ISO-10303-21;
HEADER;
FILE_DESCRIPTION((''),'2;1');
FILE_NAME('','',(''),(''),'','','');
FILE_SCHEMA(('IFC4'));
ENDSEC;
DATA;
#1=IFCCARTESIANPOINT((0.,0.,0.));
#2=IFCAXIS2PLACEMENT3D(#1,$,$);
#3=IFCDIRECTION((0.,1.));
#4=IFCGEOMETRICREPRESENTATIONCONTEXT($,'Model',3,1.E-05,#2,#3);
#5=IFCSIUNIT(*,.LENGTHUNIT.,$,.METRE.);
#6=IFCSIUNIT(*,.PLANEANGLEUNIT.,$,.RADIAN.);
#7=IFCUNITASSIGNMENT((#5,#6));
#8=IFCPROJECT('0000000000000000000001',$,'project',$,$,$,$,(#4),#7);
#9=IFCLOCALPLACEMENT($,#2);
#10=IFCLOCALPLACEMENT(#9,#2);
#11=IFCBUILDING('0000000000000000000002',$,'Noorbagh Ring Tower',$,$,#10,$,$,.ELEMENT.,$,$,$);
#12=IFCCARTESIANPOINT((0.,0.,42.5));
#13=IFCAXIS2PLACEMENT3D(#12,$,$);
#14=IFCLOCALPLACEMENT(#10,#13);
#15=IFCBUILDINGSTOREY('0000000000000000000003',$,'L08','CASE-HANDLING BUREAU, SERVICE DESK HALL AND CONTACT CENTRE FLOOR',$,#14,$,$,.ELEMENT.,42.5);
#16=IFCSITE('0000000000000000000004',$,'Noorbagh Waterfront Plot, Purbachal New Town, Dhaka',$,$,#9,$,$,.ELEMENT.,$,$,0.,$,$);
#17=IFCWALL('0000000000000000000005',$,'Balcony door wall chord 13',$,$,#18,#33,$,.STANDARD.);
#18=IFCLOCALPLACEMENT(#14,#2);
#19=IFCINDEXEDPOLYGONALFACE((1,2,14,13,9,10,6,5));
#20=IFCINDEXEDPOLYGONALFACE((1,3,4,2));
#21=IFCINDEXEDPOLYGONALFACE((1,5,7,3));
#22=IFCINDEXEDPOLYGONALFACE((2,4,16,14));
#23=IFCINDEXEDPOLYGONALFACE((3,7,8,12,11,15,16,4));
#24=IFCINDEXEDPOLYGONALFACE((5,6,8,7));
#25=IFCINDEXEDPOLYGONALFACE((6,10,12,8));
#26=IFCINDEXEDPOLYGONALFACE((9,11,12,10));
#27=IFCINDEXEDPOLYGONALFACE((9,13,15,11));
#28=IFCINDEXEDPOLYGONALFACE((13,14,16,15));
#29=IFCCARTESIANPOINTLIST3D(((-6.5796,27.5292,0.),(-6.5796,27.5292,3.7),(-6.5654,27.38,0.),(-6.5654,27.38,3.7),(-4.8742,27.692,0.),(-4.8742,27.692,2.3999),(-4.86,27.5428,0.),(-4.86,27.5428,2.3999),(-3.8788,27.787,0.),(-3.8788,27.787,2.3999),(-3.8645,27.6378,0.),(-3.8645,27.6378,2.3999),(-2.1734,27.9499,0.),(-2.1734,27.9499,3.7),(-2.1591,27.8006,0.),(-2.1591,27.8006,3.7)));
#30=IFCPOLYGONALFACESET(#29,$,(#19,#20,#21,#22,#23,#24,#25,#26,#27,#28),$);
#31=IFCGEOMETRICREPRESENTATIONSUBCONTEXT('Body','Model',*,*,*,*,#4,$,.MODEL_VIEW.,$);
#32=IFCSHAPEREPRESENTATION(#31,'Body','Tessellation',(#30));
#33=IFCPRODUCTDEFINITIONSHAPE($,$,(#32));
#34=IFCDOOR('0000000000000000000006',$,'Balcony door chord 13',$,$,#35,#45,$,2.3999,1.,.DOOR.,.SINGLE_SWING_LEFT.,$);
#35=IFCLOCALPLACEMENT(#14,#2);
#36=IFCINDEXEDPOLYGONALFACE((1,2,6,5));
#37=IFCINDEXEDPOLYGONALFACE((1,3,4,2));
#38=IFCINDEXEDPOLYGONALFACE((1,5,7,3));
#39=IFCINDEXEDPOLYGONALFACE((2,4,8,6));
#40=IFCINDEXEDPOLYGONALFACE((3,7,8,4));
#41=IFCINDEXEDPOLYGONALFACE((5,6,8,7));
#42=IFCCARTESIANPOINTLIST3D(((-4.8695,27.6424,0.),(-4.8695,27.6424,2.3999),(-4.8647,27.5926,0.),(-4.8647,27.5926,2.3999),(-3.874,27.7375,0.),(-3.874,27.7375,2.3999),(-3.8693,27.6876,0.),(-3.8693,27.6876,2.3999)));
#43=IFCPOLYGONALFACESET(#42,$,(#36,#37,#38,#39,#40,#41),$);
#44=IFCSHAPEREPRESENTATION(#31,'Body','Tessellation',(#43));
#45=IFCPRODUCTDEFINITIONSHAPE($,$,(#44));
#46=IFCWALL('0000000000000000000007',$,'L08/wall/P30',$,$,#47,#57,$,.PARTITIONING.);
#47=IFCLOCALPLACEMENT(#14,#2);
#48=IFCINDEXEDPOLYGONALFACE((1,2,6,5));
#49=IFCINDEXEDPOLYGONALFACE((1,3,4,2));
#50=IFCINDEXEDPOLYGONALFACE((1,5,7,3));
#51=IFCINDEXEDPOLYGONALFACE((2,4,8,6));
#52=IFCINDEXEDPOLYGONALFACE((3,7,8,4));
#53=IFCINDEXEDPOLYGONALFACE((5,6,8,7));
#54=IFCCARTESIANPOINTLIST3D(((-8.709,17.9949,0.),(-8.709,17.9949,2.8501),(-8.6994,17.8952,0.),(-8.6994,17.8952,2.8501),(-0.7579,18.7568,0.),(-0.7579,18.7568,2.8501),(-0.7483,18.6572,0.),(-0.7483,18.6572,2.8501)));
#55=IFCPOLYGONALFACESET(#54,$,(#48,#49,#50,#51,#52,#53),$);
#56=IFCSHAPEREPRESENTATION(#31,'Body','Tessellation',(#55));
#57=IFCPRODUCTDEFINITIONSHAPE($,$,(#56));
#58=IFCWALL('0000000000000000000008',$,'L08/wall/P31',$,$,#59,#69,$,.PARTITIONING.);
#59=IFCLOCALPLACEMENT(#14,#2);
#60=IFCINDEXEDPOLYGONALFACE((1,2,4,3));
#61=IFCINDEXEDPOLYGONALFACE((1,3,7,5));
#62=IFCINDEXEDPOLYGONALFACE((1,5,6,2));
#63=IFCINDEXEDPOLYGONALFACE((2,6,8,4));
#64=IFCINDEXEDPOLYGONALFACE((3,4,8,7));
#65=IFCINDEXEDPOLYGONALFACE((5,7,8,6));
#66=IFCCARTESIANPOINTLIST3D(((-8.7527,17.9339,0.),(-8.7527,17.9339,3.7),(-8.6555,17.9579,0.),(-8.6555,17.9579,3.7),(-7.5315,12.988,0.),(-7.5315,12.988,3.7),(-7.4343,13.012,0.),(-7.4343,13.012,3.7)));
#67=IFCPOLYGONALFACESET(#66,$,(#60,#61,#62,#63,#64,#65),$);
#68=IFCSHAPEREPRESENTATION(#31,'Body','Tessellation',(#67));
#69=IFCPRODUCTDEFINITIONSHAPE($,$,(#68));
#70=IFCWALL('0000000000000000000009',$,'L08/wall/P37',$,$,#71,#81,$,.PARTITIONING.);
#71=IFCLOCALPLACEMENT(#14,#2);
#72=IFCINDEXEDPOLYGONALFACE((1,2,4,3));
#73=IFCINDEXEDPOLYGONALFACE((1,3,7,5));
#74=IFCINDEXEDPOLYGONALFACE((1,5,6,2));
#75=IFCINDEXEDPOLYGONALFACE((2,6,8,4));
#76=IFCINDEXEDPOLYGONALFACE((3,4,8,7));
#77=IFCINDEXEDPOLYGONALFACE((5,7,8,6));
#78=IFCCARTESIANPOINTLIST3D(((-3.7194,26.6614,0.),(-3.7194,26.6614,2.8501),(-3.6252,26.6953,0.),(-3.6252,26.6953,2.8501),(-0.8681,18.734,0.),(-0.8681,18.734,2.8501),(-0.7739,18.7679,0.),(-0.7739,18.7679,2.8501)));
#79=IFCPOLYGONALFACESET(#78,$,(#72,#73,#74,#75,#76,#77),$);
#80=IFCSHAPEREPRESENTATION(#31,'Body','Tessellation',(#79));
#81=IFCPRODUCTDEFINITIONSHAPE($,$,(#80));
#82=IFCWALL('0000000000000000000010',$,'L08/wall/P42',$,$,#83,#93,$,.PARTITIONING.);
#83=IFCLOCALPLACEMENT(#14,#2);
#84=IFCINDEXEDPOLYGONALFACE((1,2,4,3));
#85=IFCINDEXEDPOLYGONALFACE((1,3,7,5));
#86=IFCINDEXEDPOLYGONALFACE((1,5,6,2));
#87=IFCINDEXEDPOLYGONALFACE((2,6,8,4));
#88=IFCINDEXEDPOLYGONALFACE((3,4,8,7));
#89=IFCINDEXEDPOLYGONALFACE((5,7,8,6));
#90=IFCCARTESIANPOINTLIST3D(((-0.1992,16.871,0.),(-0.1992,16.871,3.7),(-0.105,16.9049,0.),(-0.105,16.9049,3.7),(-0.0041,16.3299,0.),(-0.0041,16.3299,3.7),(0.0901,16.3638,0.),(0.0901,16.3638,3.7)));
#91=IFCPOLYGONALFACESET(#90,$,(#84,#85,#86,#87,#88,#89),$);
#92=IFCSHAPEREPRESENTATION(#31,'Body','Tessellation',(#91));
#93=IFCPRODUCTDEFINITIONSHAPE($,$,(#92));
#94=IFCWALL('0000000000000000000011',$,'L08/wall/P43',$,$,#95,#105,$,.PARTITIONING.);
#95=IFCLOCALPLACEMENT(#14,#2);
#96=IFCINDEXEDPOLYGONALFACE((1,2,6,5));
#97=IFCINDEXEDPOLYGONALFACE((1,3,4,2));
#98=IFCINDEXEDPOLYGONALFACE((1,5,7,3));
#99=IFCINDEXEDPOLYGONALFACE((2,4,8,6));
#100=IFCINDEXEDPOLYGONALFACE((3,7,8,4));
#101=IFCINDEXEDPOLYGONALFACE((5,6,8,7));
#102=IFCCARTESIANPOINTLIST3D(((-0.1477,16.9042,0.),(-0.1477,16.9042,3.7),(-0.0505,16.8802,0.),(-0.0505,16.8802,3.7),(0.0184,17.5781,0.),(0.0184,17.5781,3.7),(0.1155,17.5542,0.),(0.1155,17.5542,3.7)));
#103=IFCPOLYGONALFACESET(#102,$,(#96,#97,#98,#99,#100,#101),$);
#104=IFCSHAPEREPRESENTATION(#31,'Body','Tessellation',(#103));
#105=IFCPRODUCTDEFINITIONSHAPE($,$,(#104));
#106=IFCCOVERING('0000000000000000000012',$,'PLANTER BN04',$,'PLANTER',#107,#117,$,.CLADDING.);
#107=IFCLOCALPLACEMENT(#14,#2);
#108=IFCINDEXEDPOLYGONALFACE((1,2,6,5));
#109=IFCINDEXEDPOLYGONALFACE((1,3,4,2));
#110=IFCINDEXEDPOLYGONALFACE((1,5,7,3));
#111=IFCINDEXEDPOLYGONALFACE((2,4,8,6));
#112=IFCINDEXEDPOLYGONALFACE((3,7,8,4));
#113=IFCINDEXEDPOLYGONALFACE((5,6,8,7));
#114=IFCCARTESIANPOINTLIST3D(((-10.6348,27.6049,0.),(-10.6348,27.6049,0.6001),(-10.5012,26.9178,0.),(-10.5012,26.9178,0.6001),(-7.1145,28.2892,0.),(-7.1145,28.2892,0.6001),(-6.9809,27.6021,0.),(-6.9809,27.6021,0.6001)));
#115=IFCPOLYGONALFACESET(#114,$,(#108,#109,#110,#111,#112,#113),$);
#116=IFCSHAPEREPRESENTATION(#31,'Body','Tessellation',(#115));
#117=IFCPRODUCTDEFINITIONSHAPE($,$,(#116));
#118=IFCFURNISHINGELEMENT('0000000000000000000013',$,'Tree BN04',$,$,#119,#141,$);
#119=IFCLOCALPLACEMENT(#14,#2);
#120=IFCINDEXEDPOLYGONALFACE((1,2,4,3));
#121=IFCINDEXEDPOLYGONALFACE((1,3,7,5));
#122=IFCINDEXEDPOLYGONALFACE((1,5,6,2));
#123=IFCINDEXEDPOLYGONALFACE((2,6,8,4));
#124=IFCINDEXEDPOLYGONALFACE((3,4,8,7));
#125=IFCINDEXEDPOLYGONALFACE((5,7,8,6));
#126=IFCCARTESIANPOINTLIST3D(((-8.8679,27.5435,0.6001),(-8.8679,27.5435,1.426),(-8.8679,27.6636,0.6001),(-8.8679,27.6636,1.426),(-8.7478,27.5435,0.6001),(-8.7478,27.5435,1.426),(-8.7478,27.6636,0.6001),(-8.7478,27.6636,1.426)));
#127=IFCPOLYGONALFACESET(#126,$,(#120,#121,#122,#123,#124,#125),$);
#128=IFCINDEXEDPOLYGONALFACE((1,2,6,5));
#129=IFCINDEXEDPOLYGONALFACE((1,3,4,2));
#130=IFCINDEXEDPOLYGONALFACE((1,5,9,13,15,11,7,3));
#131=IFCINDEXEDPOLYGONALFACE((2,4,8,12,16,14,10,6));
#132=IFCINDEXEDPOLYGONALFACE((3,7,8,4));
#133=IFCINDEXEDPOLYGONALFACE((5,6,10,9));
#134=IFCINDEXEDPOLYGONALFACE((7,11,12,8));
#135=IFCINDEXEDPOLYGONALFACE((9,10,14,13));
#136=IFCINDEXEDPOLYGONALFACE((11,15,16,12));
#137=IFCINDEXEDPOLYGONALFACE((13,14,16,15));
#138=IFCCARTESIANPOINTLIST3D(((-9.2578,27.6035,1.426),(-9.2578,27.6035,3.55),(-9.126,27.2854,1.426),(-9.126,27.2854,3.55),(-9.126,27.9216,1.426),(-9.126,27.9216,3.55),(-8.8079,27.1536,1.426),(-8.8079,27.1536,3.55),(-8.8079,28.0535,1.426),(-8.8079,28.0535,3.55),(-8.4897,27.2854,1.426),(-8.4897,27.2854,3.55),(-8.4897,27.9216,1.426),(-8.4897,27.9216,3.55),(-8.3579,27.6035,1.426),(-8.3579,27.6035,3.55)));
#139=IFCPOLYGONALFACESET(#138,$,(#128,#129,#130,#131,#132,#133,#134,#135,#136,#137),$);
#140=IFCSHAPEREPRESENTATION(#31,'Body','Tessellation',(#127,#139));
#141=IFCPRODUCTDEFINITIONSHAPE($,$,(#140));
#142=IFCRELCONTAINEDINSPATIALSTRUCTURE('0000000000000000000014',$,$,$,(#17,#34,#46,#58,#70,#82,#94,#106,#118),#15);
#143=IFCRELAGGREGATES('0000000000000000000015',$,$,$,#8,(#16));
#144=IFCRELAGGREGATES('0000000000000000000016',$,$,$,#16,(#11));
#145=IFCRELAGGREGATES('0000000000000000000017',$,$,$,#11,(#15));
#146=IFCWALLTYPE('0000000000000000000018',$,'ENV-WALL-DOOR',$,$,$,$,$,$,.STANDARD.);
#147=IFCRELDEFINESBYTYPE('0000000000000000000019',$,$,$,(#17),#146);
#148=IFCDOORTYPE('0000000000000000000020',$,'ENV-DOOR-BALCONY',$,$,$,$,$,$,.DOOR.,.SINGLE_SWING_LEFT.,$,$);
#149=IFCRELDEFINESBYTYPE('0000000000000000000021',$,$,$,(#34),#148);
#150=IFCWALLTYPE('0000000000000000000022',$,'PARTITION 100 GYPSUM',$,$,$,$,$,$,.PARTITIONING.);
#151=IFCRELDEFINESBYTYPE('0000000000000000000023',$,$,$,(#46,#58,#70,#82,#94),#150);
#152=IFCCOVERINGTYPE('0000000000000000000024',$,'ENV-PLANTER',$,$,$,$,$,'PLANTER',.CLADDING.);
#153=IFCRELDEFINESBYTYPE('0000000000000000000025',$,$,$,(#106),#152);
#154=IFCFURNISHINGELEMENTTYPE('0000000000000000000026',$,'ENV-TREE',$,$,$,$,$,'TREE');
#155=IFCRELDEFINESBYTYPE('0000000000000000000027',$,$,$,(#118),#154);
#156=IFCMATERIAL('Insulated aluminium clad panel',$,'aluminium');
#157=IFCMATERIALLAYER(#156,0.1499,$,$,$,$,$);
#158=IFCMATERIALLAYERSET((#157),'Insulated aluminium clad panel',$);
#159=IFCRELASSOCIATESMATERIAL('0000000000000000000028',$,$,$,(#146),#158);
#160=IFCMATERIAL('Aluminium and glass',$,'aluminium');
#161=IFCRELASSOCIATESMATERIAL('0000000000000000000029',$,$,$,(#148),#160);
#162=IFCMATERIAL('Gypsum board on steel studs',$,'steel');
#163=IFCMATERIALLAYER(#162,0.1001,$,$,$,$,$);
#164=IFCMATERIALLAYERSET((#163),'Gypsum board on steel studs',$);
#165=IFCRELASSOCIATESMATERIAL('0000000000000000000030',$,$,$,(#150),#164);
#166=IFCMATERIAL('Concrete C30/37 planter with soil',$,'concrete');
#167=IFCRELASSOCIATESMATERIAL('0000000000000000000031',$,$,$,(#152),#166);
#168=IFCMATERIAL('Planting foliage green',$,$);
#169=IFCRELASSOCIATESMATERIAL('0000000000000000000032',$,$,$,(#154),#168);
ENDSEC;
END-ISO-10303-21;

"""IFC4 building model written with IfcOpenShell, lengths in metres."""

from ifc_helpers import new_model, si_unit, direction, frame, frame_2d, origin, origin_2d, place, context, subcontext, project, spatial, polyline, rectangle, outline, extrude, material, layer, layer_set, type_object, element, fill, save


model = new_model("IFC4")

# Units and contexts
model_context = context("Model", 3, precision=1e-05, world=origin(), true_north=direction((0.0, 1.0)))
body_context = subcontext(model_context, "Body", "Model", "MODEL_VIEW")
ifc_project = project(units=[si_unit("LENGTHUNIT", "METRE"), si_unit("PLANEANGLEUNIT", "RADIAN")], contexts=[model_context])

# Site, building, storey
site_placement = place(None, origin())
site = spatial("IfcSite", under=ifc_project, at=site_placement, Name="Noorbagh Waterfront Plot, Purbachal New Town, Dhaka", CompositionType="ELEMENT", RefElevation=0.0)
building_placement = place(site_placement, origin())
building = spatial("IfcBuilding", under=site, at=building_placement, Name="Noorbagh Ring Tower", CompositionType="ELEMENT")
storey_placement = place(building_placement, frame((0.0, 0.0, 42.5)))
storey = spatial("IfcBuildingStorey", under=building, at=storey_placement, Name="L08", Description="CASE-HANDLING BUREAU, SERVICE DESK HALL AND CONTACT CENTRE FLOOR", CompositionType="ELEMENT", Elevation=42.5)

# Wall, opening, door
ifc_material_1 = material(Name="Insulated aluminium clad panel", Category="aluminium")
ifc_layer_1 = layer(ifc_material_1, 0.1499)
ifc_layer_set_1 = layer_set([ifc_layer_1], Name="Insulated aluminium clad panel")
wall_type_1 = type_object("IfcWallType", Name="ENV-WALL-DOOR", PredefinedType="STANDARD", material=ifc_layer_set_1)
wall_1_placement = place(storey_placement, frame((-2.1663, 27.8752, 0.0), z_axis=(0.0, 0.0, 1.0), x_axis=(-0.995474, -0.095036, 0.0)))
wall_1 = element("IfcWall", 1, at=wall_1_placement, inside=storey, type_object=wall_type_1, Name="Balcony door wall chord 13", PredefinedType="STANDARD", context=body_context, shape_type="SweptSolid", body=[
    extrude(rectangle(XDim=4.4263, YDim=0.1499, at=frame_2d((2.2131, 0.0))), origin(), (0.0, 0.0, 1.0), 3.7),
])
opening_placement = place(wall_1_placement, frame((1.7131, 0.0, 0.0)))
opening = element("IfcOpeningElement", 2, at=opening_placement, cuts=wall_1, PredefinedType="OPENING", context=body_context, shape_type="SweptSolid", body=[
    extrude(rectangle(XDim=1.0, YDim=2.3999, at=frame_2d((0.5, 1.2))), frame((0.0, 0.085, 0.0), z_axis=(0.0, -1.0, 0.0), x_axis=(1.0, 0.0, 0.0)), (0.0, 0.0, 1.0), 0.1699),
])
ifc_material_2 = material(Name="Aluminium and glass", Category="aluminium")
door_type = type_object("IfcDoorType", Name="ENV-DOOR-BALCONY", OperationType="SINGLE_SWING_LEFT", PredefinedType="DOOR", material=ifc_material_2)
door_placement = place(opening_placement, origin())
door = element("IfcDoor", 3, at=door_placement, inside=storey, type_object=door_type, Name="Balcony door chord 13", OperationType="SINGLE_SWING_LEFT", OverallHeight=2.3999, OverallWidth=1.0, PredefinedType="DOOR", context=body_context, shape_type="SweptSolid", body=[
    extrude(rectangle(XDim=1.0, YDim=2.3999, at=frame_2d((0.5, 1.2))), frame((0.0, 0.0249, 0.0), z_axis=(0.0, -1.0, 0.0), x_axis=(1.0, 0.0, 0.0)), (0.0, 0.0, 1.0), 0.05),
])
fill(opening, door)

# Walls
ifc_material_3 = material(Name="Gypsum board on steel studs", Category="steel")
ifc_layer_2 = layer(ifc_material_3, 0.1001)
ifc_layer_set_2 = layer_set([ifc_layer_2], Name="Gypsum board on steel studs")
wall_type_2 = type_object("IfcWallType", Name="PARTITION 100 GYPSUM", PredefinedType="PARTITIONING", material=ifc_layer_set_2)
wall_2_placement = place(storey_placement, frame((-8.7041, 17.9451, 0.0), z_axis=(0.0, 0.0, 1.0), x_axis=(0.99544, 0.095393, 0.0)))
element("IfcWall", 4, at=wall_2_placement, inside=storey, type_object=wall_type_2, Name="L08/wall/P30", PredefinedType="PARTITIONING", context=body_context, shape_type="SweptSolid", body=[
    extrude(rectangle(XDim=7.9875, YDim=0.1001, at=frame_2d((3.9937, 0.0))), origin(), (0.0, 0.0, 1.0), 2.8501),
])
wall_3_placement = place(storey_placement, frame((-8.7041, 17.946, 0.0), z_axis=(0.0, 0.0, 1.0), x_axis=(0.239704, -0.970846, 0.0)))
element("IfcWall", 5, at=wall_3_placement, inside=storey, type_object=wall_type_2, Name="L08/wall/P31", PredefinedType="PARTITIONING", context=body_context, shape_type="SweptSolid", body=[
    extrude(rectangle(XDim=5.0945, YDim=0.1001, at=frame_2d((2.5474, 0.0))), origin(), (0.0, 0.0, 1.0), 3.7),
])
wall_4_placement = place(storey_placement, frame((-3.6724, 26.6785, 0.0), z_axis=(0.0, 0.0, 1.0), x_axis=(0.338449, -0.940985, 0.0)))
element("IfcWall", 6, at=wall_4_placement, inside=storey, type_object=wall_type_2, Name="L08/wall/P37", PredefinedType="PARTITIONING", context=body_context, shape_type="SweptSolid", body=[
    extrude(rectangle(XDim=8.4246, YDim=0.1001, at=frame_2d((4.2124, 0.0))), origin(), (0.0, 0.0, 1.0), 2.8501),
])
wall_5_placement = place(storey_placement, frame((-0.1521, 16.8879, 0.0), z_axis=(0.0, 0.0, 1.0), x_axis=(0.339185, -0.94072, 0.0)))
element("IfcWall", 7, at=wall_5_placement, inside=storey, type_object=wall_type_2, Name="L08/wall/P42", PredefinedType="PARTITIONING", context=body_context, shape_type="SweptSolid", body=[
    extrude(rectangle(XDim=0.5752, YDim=0.1001, at=frame_2d((0.2876, 0.0))), origin(), (0.0, 0.0, 1.0), 3.7),
])
wall_6_placement = place(storey_placement, frame((-0.0991, 16.8921, 0.0), z_axis=(0.0, 0.0, 1.0), x_axis=(0.239223, 0.970965, 0.0)))
element("IfcWall", 8, at=wall_6_placement, inside=storey, type_object=wall_type_2, Name="L08/wall/P43", PredefinedType="PARTITIONING", context=body_context, shape_type="SweptSolid", body=[
    extrude(rectangle(XDim=0.6941, YDim=0.1001, at=frame_2d((0.3472, 0.0))), origin(), (0.0, 0.0, 1.0), 3.7),
])

# Covering
ifc_material_4 = material(Name="Concrete C30/37 planter with soil", Category="concrete")
covering_type = type_object("IfcCoveringType", Name="ENV-PLANTER", ElementType="PLANTER", PredefinedType="CLADDING", material=ifc_material_4)
covering_placement = place(storey_placement, frame((-8.8079, 27.6035, 0.0), z_axis=(0.0, 0.0, 1.0), x_axis=(-0.981625, -0.19082, 0.0)))
element("IfcCovering", 9, at=covering_placement, inside=storey, type_object=covering_type, Name="PLANTER BN04", ObjectType="PLANTER", PredefinedType="CLADDING", context=body_context, shape_type="SweptSolid", body=[
    extrude(rectangle(XDim=3.5862, YDim=0.7, at=origin_2d()), origin(), (0.0, 0.0, 1.0), 0.6001),
])

# Furnishing element
ifc_material_5 = material(Name="Planting foliage green")
furnishing_element_type = type_object("IfcFurnishingElementType", Name="ENV-TREE", ElementType="TREE", material=ifc_material_5)
furnishing_placement = place(storey_placement, frame((-8.8079, 27.6035, 0.6001), z_axis=(0.0, 0.0, 1.0), x_axis=(1.0, 0.0, 0.0)))
element("IfcFurnishingElement", 10, at=furnishing_placement, inside=storey, type_object=furnishing_element_type, Name="Tree BN04", context=body_context, shape_type="SweptSolid", body=[
    extrude(rectangle(XDim=0.1201, YDim=0.1201, at=origin_2d()), origin(), (0.0, 0.0, 1.0), 0.8259),
    extrude(outline(polyline([(0.45, 0.0), (0.3181, 0.3181), (0.0, 0.45), (-0.3181, 0.3181), (-0.45, 0.0), (-0.3181, -0.3181), (0.0, -0.45), (0.3181, -0.3181), (0.45, 0.0)])), frame((0.0, 0.0, 0.8259)), (0.0, 0.0, 1.0), 2.124),
])

save(model, "model.ifc")
